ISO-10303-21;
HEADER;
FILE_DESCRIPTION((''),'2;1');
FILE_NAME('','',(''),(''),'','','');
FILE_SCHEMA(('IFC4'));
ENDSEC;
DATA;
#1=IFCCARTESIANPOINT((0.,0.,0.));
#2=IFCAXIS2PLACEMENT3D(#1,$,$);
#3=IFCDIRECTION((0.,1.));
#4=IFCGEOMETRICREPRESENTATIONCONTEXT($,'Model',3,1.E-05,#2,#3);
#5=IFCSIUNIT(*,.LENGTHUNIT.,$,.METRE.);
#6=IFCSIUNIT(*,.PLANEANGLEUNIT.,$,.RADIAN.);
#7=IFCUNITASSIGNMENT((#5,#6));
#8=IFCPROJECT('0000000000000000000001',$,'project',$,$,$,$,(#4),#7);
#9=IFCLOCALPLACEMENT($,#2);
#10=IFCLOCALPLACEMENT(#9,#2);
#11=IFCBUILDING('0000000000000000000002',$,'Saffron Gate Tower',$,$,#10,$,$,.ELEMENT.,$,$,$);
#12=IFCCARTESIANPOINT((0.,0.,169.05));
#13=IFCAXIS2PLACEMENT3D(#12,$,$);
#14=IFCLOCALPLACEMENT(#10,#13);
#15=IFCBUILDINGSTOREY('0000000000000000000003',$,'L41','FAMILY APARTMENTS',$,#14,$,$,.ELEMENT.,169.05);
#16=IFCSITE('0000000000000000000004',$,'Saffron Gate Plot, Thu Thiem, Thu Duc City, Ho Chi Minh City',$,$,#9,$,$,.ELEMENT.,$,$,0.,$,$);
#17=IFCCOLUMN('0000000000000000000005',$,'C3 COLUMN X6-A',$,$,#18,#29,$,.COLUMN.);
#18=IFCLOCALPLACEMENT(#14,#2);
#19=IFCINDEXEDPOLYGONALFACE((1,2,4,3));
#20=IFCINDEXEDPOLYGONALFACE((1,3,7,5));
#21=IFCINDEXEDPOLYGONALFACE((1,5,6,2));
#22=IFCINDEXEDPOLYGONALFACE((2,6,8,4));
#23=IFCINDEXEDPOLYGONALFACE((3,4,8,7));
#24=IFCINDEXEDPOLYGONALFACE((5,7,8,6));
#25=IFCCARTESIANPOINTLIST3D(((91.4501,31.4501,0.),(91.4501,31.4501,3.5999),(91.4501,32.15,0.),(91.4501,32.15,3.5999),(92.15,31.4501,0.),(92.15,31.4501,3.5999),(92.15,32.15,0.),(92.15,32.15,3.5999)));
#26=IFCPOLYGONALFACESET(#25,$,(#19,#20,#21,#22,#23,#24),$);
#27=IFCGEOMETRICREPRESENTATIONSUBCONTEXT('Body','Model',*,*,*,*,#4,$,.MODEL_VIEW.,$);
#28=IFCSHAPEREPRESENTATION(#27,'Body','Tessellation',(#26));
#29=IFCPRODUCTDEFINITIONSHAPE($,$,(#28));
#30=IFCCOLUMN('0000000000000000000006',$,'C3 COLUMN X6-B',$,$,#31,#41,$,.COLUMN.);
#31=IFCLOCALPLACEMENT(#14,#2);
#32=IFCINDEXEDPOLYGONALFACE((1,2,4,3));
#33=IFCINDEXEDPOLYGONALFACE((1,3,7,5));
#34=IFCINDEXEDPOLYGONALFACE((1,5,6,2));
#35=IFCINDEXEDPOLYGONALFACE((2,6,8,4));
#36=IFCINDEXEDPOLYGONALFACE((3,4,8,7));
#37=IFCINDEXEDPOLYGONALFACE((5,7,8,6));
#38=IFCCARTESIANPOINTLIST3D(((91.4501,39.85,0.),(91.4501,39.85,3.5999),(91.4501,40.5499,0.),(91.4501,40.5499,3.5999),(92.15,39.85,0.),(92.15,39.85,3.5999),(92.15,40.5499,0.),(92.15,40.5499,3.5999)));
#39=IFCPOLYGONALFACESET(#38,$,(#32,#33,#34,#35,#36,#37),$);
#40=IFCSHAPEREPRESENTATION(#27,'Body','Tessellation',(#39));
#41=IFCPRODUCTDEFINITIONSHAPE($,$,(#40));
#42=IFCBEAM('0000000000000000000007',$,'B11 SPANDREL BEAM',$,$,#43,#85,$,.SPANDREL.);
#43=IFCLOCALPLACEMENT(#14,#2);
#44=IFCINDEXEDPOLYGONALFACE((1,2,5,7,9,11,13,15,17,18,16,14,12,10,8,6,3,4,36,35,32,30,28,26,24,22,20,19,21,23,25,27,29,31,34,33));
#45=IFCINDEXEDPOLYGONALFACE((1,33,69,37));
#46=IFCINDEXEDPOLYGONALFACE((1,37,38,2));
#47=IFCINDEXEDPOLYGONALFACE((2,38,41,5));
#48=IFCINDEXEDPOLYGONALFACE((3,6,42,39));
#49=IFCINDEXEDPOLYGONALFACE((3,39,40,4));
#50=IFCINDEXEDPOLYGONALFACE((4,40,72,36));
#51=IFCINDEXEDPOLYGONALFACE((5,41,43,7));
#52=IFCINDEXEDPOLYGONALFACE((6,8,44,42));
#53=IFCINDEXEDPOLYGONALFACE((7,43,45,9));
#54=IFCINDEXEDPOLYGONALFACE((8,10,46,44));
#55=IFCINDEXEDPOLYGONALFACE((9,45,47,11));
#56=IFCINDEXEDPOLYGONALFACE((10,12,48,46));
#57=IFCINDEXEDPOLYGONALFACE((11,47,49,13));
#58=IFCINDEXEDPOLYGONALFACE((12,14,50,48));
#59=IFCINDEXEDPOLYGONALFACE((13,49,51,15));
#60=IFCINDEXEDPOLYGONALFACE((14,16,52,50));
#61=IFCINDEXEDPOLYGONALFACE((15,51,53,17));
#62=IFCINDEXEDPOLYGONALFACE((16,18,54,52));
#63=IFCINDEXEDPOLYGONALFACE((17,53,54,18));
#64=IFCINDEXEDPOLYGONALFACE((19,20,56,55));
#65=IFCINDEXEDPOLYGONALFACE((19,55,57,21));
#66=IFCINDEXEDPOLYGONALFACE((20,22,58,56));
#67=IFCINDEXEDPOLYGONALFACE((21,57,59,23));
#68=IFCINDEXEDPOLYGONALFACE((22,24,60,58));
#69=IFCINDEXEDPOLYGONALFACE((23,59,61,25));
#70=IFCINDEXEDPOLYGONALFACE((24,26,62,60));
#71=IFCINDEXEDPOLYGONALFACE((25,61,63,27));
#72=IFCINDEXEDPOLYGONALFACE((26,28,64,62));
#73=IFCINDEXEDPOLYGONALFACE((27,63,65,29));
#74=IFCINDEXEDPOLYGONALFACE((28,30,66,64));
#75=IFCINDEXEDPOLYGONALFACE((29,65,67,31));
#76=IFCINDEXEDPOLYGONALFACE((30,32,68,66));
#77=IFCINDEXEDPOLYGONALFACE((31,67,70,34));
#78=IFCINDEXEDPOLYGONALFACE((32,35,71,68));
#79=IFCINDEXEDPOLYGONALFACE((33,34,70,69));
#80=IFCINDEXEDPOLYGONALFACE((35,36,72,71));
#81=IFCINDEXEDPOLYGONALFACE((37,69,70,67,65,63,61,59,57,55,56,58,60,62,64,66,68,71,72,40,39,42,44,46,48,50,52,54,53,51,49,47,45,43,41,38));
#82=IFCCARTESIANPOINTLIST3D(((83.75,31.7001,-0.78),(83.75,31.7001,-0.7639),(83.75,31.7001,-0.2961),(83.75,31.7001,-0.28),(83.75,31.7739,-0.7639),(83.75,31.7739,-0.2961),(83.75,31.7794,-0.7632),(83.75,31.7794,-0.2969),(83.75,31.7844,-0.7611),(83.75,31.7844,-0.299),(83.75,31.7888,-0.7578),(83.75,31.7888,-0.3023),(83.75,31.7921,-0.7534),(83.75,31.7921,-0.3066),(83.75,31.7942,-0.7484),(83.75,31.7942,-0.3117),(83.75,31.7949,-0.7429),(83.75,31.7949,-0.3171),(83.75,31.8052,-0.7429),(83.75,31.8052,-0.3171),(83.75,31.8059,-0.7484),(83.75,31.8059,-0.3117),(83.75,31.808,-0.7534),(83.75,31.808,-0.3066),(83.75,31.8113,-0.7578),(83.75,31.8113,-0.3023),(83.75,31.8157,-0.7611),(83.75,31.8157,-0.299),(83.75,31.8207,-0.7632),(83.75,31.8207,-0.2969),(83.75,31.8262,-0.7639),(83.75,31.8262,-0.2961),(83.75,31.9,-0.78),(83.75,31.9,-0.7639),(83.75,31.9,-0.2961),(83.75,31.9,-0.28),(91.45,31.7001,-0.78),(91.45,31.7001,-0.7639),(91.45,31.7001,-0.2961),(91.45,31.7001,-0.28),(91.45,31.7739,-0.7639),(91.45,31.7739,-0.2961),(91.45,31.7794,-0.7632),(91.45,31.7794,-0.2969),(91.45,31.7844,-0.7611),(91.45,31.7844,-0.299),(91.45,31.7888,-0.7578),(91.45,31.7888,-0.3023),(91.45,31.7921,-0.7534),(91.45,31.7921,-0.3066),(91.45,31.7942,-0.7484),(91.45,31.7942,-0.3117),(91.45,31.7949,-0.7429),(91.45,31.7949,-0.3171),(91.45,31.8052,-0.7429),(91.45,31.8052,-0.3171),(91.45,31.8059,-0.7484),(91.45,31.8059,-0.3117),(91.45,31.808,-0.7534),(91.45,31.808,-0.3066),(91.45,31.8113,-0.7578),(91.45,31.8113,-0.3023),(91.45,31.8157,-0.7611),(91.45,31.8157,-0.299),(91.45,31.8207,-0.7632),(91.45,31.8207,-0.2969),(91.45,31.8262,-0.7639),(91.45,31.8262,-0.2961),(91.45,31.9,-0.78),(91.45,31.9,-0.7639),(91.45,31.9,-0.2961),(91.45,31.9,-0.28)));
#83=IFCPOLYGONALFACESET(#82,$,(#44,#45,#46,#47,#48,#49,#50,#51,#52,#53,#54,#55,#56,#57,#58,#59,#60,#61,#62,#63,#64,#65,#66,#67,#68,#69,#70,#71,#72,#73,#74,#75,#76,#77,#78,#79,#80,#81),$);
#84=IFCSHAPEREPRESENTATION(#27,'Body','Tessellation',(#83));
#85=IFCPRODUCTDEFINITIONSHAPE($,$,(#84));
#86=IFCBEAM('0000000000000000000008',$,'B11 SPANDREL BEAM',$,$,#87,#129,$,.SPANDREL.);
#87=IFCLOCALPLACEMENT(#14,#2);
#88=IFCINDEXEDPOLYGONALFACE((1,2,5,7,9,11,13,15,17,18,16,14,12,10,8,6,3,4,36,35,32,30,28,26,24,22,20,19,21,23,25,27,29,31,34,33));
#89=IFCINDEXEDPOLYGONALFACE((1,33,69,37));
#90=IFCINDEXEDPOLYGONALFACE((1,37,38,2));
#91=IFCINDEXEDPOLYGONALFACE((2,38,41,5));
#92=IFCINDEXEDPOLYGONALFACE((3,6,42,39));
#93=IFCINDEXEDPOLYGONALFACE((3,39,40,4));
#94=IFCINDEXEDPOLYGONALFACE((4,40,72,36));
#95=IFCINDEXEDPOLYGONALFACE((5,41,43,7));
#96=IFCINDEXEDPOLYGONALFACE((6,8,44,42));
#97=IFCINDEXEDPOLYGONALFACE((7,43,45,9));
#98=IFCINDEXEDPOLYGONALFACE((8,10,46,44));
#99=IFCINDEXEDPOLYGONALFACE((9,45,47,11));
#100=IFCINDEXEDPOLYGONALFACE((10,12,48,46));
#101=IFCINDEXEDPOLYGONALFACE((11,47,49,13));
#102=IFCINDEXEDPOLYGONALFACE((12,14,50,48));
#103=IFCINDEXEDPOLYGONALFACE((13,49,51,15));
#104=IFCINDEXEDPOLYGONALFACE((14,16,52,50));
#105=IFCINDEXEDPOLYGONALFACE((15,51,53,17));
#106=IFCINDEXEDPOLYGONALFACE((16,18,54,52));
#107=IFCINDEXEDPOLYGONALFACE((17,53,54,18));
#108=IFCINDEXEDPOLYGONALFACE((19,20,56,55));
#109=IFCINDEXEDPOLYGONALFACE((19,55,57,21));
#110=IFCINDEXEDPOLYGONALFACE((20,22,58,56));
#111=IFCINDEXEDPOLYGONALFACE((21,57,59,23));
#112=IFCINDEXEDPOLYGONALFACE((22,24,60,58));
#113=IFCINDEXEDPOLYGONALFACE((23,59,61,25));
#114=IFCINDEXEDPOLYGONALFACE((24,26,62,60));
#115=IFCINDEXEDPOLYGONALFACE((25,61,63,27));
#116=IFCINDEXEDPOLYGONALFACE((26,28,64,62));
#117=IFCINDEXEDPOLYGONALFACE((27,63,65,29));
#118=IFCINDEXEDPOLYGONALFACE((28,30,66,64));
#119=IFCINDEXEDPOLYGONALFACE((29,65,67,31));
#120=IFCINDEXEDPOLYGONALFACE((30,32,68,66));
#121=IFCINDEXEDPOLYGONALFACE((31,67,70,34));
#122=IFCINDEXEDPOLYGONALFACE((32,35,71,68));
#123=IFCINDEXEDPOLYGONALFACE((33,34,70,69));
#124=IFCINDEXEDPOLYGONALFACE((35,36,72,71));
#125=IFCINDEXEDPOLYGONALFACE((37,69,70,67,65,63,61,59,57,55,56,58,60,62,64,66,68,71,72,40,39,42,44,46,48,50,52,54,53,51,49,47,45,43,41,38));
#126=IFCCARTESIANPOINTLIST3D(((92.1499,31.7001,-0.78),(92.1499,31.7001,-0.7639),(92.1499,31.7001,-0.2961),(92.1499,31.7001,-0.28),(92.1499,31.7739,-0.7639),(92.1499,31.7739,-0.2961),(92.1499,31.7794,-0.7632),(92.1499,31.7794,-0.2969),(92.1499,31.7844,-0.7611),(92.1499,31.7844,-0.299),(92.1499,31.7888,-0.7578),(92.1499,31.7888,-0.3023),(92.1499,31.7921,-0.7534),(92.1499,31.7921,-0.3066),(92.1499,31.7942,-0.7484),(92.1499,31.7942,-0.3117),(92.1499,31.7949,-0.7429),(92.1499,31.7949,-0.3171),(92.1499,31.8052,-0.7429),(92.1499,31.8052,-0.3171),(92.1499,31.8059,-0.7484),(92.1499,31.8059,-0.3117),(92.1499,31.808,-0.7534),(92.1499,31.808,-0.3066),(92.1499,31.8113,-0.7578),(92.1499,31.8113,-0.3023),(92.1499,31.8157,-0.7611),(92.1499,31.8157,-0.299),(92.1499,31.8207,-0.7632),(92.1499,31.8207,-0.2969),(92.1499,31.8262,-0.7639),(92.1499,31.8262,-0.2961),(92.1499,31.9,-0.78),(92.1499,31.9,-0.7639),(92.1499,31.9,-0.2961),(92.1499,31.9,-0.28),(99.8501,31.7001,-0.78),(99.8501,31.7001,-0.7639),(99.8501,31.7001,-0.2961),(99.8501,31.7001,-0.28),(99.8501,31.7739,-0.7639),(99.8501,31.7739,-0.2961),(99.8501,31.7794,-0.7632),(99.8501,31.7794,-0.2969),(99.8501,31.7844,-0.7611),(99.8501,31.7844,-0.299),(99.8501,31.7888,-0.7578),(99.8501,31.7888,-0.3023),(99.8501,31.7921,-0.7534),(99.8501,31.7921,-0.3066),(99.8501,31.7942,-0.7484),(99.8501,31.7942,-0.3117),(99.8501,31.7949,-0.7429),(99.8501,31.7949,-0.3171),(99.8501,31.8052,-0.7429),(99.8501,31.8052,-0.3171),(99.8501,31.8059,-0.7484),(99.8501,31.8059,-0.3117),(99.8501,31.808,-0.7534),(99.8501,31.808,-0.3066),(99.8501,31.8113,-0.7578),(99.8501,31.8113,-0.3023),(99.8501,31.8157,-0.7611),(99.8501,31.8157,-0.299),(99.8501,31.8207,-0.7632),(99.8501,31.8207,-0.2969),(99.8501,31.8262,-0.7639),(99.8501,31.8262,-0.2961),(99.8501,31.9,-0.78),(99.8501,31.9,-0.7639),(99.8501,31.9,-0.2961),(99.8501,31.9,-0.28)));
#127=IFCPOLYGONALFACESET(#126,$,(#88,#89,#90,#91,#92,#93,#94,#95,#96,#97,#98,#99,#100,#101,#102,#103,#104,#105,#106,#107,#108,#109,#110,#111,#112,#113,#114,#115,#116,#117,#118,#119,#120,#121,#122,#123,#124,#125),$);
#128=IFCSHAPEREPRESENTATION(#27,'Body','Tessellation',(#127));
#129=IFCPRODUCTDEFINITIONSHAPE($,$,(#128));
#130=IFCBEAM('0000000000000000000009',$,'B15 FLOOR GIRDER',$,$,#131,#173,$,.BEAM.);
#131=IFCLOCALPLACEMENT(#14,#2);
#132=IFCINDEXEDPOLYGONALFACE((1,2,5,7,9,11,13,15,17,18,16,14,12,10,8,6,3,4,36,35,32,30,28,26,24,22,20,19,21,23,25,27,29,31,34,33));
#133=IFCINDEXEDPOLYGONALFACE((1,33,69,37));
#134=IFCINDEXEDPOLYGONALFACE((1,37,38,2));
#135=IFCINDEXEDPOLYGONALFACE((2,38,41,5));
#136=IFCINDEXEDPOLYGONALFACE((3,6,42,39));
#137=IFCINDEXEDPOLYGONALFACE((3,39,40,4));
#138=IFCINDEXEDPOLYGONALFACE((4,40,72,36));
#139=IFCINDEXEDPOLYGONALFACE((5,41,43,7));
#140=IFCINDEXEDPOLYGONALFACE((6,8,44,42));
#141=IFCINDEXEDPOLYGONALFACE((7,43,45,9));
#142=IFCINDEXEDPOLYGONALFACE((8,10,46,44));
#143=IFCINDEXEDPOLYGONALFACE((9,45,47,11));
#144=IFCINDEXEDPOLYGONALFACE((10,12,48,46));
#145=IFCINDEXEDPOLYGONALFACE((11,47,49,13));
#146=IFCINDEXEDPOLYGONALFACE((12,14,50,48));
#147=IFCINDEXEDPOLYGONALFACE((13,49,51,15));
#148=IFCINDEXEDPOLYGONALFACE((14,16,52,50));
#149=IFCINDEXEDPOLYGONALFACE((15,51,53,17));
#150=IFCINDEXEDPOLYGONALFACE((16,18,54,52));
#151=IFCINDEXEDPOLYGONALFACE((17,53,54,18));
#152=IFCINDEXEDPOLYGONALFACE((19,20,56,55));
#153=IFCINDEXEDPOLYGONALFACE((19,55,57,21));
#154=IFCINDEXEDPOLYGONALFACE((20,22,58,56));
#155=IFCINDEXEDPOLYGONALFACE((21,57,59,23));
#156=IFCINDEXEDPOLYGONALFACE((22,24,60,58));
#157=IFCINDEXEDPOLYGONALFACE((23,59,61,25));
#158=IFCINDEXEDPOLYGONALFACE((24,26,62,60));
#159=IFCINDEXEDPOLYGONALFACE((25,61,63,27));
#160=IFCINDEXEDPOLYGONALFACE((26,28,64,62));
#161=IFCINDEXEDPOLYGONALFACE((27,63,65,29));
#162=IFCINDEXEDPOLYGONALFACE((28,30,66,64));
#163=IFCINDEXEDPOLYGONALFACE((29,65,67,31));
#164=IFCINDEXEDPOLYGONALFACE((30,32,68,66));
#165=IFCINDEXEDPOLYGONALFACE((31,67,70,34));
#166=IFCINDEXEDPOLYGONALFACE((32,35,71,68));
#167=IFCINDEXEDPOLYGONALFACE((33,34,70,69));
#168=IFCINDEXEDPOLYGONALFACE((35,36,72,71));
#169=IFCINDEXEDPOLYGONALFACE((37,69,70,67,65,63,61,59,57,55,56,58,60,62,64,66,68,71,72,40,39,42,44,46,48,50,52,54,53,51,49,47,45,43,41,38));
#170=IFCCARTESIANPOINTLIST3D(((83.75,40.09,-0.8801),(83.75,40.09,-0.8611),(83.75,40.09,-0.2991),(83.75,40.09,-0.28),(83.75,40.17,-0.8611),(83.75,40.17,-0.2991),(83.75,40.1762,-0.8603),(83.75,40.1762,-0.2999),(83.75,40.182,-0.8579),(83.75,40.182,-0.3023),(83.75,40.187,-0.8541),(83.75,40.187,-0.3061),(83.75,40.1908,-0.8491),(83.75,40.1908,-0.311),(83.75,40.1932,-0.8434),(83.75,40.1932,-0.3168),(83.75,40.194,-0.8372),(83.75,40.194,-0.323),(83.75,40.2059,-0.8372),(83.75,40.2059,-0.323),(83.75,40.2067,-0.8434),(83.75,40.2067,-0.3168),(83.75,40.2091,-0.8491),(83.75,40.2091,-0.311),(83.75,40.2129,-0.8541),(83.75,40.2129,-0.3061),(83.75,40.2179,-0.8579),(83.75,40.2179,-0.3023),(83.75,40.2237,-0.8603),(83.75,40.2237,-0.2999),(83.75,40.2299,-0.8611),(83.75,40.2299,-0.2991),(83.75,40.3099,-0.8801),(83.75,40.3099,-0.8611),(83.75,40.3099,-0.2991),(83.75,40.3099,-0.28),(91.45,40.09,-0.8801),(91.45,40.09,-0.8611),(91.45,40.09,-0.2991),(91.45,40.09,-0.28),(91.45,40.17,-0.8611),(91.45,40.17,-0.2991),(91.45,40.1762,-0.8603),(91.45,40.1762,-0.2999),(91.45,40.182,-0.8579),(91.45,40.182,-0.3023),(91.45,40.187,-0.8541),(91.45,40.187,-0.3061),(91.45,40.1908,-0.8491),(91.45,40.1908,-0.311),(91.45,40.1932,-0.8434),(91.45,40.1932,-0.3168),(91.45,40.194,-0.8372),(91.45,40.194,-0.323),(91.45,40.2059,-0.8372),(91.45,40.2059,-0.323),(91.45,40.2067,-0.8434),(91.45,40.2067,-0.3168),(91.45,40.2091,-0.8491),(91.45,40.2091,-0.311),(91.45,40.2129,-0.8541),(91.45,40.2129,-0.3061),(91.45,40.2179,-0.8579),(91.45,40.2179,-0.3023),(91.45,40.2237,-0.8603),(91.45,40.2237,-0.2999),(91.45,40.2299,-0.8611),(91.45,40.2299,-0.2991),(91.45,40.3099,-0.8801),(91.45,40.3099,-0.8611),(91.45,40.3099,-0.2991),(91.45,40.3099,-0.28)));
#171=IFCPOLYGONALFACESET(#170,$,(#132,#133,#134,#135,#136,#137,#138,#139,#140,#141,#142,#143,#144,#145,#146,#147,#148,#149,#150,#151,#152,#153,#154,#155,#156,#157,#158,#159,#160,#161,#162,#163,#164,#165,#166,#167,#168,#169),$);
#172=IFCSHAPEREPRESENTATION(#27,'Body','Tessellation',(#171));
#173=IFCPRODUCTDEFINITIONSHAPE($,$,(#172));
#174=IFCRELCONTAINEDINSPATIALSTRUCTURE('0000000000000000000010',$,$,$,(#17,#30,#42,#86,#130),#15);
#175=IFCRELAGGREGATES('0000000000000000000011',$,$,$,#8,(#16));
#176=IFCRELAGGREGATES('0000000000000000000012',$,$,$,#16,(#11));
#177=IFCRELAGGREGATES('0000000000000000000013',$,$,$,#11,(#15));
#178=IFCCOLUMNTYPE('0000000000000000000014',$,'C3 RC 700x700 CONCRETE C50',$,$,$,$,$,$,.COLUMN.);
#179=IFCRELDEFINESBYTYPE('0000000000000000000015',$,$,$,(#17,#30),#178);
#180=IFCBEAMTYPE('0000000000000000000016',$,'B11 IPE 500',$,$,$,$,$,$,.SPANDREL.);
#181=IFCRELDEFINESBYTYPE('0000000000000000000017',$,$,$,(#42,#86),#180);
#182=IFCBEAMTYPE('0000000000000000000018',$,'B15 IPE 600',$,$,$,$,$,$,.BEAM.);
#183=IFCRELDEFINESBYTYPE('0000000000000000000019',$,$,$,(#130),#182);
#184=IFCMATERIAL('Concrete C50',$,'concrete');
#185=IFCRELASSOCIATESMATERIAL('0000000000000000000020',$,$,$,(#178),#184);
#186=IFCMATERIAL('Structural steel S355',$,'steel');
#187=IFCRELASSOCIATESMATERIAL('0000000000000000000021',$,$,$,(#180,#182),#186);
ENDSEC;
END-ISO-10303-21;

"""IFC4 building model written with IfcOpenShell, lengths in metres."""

from ifc_helpers import new_model, si_unit, direction, frame, origin, origin_2d, place, context, subcontext, project, spatial, rectangle, i_section, extrude, material, material_profile, profile_set, type_object, element, save


model = new_model("IFC4")

# Units and contexts
model_context = context("Model", 3, precision=1e-05, world=origin(), true_north=direction((0.0, 1.0)))
body_context = subcontext(model_context, "Body", "Model", "MODEL_VIEW")
ifc_project = project(units=[si_unit("LENGTHUNIT", "METRE"), si_unit("PLANEANGLEUNIT", "RADIAN")], contexts=[model_context])

# Site, building, storey
site_placement = place(None, origin())
site = spatial("IfcSite", under=ifc_project, at=site_placement, Name="Saffron Gate Plot, Thu Thiem, Thu Duc City, Ho Chi Minh City", CompositionType="ELEMENT", RefElevation=0.0)
building_placement = place(site_placement, origin())
building = spatial("IfcBuilding", under=site, at=building_placement, Name="Saffron Gate Tower", CompositionType="ELEMENT")
storey_placement = place(building_placement, frame((0.0, 0.0, 169.05)))
storey = spatial("IfcBuildingStorey", under=building, at=storey_placement, Name="L41", Description="FAMILY APARTMENTS", CompositionType="ELEMENT", Elevation=169.05)

# Columns
ifc_material_1 = material(Name="Concrete C50", Category="concrete")
ifc_material_profile_1 = material_profile(ifc_material_1, rectangle(XDim=0.7, YDim=0.7, at=origin_2d()))
ifc_profile_set_1 = profile_set([ifc_material_profile_1], Name="Concrete C50")
column_type = type_object("IfcColumnType", Name="C3 RC 700x700 CONCRETE C50", PredefinedType="COLUMN", material=ifc_profile_set_1)
for number, where, z_axis, x_axis, name in (
    (1, (91.8, 31.8, 0.0), (0.0, 0.0, 1.0), (1.0, 0.0, 0.0), "C3 COLUMN X6-A"),
    (2, (91.8, 40.2, 0.0), (0.0, 0.0, 1.0), (1.0, 0.0, 0.0), "C3 COLUMN X6-B"),
):
    element("IfcColumn", number, at=place(storey_placement, frame(where, z_axis=z_axis, x_axis=x_axis)), inside=storey, type_object=column_type, Name=name, PredefinedType="COLUMN", context=body_context, shape_type="SweptSolid", body=[
        extrude(rectangle(XDim=0.7, YDim=0.7, at=origin_2d()), origin(), (0.0, 0.0, 1.0), 3.5999),
    ])

# Beams
ifc_material_2 = material(Name="Structural steel S355", Category="steel")
ifc_material_profile_2 = material_profile(ifc_material_2, i_section(OverallWidth=0.2, OverallDepth=0.5, WebThickness=0.0103, FlangeThickness=0.0161, FilletRadius=0.021, at=origin_2d()))
ifc_profile_set_2 = profile_set([ifc_material_profile_2], Name="Structural steel S355")
beam_type_1 = type_object("IfcBeamType", Name="B11 IPE 500", PredefinedType="SPANDREL", material=ifc_profile_set_2)
beam_1_placement = place(storey_placement, frame((83.75, 31.8, -0.53), z_axis=(1.0, 0.0, 0.0), x_axis=(0.0, 1.0, 0.0)))
element("IfcBeam", 3, at=beam_1_placement, inside=storey, type_object=beam_type_1, Name="B11 SPANDREL BEAM", PredefinedType="SPANDREL", context=body_context, shape_type="SweptSolid", body=[
    extrude(i_section(OverallWidth=0.2, OverallDepth=0.5, WebThickness=0.0103, FlangeThickness=0.0161, FilletRadius=0.021, at=origin_2d()), origin(), (0.0, 0.0, 1.0), 7.7),
])
beam_2_placement = place(storey_placement, frame((92.1499, 31.8, -0.53), z_axis=(1.0, 0.0, 0.0), x_axis=(0.0, 1.0, 0.0)))
element("IfcBeam", 4, at=beam_2_placement, inside=storey, type_object=beam_type_1, Name="B11 SPANDREL BEAM", PredefinedType="SPANDREL", context=body_context, shape_type="SweptSolid", body=[
    extrude(i_section(OverallWidth=0.2, OverallDepth=0.5, WebThickness=0.0103, FlangeThickness=0.0161, FilletRadius=0.021, at=origin_2d()), origin(), (0.0, 0.0, 1.0), 7.7002),
])
ifc_material_profile_3 = material_profile(ifc_material_2, i_section(OverallWidth=0.22, OverallDepth=0.6001, WebThickness=0.012, FlangeThickness=0.019, FilletRadius=0.0239, at=origin_2d()))
ifc_profile_set_3 = profile_set([ifc_material_profile_3], Name="Structural steel S355")
beam_type_2 = type_object("IfcBeamType", Name="B15 IPE 600", PredefinedType="BEAM", material=ifc_profile_set_3)
beam_3_placement = place(storey_placement, frame((83.75, 40.2, -0.5801), z_axis=(1.0, 0.0, 0.0), x_axis=(0.0, 1.0, 0.0)))
element("IfcBeam", 5, at=beam_3_placement, inside=storey, type_object=beam_type_2, Name="B15 FLOOR GIRDER", PredefinedType="BEAM", context=body_context, shape_type="SweptSolid", body=[
    extrude(i_section(OverallWidth=0.22, OverallDepth=0.6001, WebThickness=0.012, FlangeThickness=0.019, FilletRadius=0.0239, at=origin_2d()), origin(), (0.0, 0.0, 1.0), 7.7),
])

save(model, "model.ifc")
